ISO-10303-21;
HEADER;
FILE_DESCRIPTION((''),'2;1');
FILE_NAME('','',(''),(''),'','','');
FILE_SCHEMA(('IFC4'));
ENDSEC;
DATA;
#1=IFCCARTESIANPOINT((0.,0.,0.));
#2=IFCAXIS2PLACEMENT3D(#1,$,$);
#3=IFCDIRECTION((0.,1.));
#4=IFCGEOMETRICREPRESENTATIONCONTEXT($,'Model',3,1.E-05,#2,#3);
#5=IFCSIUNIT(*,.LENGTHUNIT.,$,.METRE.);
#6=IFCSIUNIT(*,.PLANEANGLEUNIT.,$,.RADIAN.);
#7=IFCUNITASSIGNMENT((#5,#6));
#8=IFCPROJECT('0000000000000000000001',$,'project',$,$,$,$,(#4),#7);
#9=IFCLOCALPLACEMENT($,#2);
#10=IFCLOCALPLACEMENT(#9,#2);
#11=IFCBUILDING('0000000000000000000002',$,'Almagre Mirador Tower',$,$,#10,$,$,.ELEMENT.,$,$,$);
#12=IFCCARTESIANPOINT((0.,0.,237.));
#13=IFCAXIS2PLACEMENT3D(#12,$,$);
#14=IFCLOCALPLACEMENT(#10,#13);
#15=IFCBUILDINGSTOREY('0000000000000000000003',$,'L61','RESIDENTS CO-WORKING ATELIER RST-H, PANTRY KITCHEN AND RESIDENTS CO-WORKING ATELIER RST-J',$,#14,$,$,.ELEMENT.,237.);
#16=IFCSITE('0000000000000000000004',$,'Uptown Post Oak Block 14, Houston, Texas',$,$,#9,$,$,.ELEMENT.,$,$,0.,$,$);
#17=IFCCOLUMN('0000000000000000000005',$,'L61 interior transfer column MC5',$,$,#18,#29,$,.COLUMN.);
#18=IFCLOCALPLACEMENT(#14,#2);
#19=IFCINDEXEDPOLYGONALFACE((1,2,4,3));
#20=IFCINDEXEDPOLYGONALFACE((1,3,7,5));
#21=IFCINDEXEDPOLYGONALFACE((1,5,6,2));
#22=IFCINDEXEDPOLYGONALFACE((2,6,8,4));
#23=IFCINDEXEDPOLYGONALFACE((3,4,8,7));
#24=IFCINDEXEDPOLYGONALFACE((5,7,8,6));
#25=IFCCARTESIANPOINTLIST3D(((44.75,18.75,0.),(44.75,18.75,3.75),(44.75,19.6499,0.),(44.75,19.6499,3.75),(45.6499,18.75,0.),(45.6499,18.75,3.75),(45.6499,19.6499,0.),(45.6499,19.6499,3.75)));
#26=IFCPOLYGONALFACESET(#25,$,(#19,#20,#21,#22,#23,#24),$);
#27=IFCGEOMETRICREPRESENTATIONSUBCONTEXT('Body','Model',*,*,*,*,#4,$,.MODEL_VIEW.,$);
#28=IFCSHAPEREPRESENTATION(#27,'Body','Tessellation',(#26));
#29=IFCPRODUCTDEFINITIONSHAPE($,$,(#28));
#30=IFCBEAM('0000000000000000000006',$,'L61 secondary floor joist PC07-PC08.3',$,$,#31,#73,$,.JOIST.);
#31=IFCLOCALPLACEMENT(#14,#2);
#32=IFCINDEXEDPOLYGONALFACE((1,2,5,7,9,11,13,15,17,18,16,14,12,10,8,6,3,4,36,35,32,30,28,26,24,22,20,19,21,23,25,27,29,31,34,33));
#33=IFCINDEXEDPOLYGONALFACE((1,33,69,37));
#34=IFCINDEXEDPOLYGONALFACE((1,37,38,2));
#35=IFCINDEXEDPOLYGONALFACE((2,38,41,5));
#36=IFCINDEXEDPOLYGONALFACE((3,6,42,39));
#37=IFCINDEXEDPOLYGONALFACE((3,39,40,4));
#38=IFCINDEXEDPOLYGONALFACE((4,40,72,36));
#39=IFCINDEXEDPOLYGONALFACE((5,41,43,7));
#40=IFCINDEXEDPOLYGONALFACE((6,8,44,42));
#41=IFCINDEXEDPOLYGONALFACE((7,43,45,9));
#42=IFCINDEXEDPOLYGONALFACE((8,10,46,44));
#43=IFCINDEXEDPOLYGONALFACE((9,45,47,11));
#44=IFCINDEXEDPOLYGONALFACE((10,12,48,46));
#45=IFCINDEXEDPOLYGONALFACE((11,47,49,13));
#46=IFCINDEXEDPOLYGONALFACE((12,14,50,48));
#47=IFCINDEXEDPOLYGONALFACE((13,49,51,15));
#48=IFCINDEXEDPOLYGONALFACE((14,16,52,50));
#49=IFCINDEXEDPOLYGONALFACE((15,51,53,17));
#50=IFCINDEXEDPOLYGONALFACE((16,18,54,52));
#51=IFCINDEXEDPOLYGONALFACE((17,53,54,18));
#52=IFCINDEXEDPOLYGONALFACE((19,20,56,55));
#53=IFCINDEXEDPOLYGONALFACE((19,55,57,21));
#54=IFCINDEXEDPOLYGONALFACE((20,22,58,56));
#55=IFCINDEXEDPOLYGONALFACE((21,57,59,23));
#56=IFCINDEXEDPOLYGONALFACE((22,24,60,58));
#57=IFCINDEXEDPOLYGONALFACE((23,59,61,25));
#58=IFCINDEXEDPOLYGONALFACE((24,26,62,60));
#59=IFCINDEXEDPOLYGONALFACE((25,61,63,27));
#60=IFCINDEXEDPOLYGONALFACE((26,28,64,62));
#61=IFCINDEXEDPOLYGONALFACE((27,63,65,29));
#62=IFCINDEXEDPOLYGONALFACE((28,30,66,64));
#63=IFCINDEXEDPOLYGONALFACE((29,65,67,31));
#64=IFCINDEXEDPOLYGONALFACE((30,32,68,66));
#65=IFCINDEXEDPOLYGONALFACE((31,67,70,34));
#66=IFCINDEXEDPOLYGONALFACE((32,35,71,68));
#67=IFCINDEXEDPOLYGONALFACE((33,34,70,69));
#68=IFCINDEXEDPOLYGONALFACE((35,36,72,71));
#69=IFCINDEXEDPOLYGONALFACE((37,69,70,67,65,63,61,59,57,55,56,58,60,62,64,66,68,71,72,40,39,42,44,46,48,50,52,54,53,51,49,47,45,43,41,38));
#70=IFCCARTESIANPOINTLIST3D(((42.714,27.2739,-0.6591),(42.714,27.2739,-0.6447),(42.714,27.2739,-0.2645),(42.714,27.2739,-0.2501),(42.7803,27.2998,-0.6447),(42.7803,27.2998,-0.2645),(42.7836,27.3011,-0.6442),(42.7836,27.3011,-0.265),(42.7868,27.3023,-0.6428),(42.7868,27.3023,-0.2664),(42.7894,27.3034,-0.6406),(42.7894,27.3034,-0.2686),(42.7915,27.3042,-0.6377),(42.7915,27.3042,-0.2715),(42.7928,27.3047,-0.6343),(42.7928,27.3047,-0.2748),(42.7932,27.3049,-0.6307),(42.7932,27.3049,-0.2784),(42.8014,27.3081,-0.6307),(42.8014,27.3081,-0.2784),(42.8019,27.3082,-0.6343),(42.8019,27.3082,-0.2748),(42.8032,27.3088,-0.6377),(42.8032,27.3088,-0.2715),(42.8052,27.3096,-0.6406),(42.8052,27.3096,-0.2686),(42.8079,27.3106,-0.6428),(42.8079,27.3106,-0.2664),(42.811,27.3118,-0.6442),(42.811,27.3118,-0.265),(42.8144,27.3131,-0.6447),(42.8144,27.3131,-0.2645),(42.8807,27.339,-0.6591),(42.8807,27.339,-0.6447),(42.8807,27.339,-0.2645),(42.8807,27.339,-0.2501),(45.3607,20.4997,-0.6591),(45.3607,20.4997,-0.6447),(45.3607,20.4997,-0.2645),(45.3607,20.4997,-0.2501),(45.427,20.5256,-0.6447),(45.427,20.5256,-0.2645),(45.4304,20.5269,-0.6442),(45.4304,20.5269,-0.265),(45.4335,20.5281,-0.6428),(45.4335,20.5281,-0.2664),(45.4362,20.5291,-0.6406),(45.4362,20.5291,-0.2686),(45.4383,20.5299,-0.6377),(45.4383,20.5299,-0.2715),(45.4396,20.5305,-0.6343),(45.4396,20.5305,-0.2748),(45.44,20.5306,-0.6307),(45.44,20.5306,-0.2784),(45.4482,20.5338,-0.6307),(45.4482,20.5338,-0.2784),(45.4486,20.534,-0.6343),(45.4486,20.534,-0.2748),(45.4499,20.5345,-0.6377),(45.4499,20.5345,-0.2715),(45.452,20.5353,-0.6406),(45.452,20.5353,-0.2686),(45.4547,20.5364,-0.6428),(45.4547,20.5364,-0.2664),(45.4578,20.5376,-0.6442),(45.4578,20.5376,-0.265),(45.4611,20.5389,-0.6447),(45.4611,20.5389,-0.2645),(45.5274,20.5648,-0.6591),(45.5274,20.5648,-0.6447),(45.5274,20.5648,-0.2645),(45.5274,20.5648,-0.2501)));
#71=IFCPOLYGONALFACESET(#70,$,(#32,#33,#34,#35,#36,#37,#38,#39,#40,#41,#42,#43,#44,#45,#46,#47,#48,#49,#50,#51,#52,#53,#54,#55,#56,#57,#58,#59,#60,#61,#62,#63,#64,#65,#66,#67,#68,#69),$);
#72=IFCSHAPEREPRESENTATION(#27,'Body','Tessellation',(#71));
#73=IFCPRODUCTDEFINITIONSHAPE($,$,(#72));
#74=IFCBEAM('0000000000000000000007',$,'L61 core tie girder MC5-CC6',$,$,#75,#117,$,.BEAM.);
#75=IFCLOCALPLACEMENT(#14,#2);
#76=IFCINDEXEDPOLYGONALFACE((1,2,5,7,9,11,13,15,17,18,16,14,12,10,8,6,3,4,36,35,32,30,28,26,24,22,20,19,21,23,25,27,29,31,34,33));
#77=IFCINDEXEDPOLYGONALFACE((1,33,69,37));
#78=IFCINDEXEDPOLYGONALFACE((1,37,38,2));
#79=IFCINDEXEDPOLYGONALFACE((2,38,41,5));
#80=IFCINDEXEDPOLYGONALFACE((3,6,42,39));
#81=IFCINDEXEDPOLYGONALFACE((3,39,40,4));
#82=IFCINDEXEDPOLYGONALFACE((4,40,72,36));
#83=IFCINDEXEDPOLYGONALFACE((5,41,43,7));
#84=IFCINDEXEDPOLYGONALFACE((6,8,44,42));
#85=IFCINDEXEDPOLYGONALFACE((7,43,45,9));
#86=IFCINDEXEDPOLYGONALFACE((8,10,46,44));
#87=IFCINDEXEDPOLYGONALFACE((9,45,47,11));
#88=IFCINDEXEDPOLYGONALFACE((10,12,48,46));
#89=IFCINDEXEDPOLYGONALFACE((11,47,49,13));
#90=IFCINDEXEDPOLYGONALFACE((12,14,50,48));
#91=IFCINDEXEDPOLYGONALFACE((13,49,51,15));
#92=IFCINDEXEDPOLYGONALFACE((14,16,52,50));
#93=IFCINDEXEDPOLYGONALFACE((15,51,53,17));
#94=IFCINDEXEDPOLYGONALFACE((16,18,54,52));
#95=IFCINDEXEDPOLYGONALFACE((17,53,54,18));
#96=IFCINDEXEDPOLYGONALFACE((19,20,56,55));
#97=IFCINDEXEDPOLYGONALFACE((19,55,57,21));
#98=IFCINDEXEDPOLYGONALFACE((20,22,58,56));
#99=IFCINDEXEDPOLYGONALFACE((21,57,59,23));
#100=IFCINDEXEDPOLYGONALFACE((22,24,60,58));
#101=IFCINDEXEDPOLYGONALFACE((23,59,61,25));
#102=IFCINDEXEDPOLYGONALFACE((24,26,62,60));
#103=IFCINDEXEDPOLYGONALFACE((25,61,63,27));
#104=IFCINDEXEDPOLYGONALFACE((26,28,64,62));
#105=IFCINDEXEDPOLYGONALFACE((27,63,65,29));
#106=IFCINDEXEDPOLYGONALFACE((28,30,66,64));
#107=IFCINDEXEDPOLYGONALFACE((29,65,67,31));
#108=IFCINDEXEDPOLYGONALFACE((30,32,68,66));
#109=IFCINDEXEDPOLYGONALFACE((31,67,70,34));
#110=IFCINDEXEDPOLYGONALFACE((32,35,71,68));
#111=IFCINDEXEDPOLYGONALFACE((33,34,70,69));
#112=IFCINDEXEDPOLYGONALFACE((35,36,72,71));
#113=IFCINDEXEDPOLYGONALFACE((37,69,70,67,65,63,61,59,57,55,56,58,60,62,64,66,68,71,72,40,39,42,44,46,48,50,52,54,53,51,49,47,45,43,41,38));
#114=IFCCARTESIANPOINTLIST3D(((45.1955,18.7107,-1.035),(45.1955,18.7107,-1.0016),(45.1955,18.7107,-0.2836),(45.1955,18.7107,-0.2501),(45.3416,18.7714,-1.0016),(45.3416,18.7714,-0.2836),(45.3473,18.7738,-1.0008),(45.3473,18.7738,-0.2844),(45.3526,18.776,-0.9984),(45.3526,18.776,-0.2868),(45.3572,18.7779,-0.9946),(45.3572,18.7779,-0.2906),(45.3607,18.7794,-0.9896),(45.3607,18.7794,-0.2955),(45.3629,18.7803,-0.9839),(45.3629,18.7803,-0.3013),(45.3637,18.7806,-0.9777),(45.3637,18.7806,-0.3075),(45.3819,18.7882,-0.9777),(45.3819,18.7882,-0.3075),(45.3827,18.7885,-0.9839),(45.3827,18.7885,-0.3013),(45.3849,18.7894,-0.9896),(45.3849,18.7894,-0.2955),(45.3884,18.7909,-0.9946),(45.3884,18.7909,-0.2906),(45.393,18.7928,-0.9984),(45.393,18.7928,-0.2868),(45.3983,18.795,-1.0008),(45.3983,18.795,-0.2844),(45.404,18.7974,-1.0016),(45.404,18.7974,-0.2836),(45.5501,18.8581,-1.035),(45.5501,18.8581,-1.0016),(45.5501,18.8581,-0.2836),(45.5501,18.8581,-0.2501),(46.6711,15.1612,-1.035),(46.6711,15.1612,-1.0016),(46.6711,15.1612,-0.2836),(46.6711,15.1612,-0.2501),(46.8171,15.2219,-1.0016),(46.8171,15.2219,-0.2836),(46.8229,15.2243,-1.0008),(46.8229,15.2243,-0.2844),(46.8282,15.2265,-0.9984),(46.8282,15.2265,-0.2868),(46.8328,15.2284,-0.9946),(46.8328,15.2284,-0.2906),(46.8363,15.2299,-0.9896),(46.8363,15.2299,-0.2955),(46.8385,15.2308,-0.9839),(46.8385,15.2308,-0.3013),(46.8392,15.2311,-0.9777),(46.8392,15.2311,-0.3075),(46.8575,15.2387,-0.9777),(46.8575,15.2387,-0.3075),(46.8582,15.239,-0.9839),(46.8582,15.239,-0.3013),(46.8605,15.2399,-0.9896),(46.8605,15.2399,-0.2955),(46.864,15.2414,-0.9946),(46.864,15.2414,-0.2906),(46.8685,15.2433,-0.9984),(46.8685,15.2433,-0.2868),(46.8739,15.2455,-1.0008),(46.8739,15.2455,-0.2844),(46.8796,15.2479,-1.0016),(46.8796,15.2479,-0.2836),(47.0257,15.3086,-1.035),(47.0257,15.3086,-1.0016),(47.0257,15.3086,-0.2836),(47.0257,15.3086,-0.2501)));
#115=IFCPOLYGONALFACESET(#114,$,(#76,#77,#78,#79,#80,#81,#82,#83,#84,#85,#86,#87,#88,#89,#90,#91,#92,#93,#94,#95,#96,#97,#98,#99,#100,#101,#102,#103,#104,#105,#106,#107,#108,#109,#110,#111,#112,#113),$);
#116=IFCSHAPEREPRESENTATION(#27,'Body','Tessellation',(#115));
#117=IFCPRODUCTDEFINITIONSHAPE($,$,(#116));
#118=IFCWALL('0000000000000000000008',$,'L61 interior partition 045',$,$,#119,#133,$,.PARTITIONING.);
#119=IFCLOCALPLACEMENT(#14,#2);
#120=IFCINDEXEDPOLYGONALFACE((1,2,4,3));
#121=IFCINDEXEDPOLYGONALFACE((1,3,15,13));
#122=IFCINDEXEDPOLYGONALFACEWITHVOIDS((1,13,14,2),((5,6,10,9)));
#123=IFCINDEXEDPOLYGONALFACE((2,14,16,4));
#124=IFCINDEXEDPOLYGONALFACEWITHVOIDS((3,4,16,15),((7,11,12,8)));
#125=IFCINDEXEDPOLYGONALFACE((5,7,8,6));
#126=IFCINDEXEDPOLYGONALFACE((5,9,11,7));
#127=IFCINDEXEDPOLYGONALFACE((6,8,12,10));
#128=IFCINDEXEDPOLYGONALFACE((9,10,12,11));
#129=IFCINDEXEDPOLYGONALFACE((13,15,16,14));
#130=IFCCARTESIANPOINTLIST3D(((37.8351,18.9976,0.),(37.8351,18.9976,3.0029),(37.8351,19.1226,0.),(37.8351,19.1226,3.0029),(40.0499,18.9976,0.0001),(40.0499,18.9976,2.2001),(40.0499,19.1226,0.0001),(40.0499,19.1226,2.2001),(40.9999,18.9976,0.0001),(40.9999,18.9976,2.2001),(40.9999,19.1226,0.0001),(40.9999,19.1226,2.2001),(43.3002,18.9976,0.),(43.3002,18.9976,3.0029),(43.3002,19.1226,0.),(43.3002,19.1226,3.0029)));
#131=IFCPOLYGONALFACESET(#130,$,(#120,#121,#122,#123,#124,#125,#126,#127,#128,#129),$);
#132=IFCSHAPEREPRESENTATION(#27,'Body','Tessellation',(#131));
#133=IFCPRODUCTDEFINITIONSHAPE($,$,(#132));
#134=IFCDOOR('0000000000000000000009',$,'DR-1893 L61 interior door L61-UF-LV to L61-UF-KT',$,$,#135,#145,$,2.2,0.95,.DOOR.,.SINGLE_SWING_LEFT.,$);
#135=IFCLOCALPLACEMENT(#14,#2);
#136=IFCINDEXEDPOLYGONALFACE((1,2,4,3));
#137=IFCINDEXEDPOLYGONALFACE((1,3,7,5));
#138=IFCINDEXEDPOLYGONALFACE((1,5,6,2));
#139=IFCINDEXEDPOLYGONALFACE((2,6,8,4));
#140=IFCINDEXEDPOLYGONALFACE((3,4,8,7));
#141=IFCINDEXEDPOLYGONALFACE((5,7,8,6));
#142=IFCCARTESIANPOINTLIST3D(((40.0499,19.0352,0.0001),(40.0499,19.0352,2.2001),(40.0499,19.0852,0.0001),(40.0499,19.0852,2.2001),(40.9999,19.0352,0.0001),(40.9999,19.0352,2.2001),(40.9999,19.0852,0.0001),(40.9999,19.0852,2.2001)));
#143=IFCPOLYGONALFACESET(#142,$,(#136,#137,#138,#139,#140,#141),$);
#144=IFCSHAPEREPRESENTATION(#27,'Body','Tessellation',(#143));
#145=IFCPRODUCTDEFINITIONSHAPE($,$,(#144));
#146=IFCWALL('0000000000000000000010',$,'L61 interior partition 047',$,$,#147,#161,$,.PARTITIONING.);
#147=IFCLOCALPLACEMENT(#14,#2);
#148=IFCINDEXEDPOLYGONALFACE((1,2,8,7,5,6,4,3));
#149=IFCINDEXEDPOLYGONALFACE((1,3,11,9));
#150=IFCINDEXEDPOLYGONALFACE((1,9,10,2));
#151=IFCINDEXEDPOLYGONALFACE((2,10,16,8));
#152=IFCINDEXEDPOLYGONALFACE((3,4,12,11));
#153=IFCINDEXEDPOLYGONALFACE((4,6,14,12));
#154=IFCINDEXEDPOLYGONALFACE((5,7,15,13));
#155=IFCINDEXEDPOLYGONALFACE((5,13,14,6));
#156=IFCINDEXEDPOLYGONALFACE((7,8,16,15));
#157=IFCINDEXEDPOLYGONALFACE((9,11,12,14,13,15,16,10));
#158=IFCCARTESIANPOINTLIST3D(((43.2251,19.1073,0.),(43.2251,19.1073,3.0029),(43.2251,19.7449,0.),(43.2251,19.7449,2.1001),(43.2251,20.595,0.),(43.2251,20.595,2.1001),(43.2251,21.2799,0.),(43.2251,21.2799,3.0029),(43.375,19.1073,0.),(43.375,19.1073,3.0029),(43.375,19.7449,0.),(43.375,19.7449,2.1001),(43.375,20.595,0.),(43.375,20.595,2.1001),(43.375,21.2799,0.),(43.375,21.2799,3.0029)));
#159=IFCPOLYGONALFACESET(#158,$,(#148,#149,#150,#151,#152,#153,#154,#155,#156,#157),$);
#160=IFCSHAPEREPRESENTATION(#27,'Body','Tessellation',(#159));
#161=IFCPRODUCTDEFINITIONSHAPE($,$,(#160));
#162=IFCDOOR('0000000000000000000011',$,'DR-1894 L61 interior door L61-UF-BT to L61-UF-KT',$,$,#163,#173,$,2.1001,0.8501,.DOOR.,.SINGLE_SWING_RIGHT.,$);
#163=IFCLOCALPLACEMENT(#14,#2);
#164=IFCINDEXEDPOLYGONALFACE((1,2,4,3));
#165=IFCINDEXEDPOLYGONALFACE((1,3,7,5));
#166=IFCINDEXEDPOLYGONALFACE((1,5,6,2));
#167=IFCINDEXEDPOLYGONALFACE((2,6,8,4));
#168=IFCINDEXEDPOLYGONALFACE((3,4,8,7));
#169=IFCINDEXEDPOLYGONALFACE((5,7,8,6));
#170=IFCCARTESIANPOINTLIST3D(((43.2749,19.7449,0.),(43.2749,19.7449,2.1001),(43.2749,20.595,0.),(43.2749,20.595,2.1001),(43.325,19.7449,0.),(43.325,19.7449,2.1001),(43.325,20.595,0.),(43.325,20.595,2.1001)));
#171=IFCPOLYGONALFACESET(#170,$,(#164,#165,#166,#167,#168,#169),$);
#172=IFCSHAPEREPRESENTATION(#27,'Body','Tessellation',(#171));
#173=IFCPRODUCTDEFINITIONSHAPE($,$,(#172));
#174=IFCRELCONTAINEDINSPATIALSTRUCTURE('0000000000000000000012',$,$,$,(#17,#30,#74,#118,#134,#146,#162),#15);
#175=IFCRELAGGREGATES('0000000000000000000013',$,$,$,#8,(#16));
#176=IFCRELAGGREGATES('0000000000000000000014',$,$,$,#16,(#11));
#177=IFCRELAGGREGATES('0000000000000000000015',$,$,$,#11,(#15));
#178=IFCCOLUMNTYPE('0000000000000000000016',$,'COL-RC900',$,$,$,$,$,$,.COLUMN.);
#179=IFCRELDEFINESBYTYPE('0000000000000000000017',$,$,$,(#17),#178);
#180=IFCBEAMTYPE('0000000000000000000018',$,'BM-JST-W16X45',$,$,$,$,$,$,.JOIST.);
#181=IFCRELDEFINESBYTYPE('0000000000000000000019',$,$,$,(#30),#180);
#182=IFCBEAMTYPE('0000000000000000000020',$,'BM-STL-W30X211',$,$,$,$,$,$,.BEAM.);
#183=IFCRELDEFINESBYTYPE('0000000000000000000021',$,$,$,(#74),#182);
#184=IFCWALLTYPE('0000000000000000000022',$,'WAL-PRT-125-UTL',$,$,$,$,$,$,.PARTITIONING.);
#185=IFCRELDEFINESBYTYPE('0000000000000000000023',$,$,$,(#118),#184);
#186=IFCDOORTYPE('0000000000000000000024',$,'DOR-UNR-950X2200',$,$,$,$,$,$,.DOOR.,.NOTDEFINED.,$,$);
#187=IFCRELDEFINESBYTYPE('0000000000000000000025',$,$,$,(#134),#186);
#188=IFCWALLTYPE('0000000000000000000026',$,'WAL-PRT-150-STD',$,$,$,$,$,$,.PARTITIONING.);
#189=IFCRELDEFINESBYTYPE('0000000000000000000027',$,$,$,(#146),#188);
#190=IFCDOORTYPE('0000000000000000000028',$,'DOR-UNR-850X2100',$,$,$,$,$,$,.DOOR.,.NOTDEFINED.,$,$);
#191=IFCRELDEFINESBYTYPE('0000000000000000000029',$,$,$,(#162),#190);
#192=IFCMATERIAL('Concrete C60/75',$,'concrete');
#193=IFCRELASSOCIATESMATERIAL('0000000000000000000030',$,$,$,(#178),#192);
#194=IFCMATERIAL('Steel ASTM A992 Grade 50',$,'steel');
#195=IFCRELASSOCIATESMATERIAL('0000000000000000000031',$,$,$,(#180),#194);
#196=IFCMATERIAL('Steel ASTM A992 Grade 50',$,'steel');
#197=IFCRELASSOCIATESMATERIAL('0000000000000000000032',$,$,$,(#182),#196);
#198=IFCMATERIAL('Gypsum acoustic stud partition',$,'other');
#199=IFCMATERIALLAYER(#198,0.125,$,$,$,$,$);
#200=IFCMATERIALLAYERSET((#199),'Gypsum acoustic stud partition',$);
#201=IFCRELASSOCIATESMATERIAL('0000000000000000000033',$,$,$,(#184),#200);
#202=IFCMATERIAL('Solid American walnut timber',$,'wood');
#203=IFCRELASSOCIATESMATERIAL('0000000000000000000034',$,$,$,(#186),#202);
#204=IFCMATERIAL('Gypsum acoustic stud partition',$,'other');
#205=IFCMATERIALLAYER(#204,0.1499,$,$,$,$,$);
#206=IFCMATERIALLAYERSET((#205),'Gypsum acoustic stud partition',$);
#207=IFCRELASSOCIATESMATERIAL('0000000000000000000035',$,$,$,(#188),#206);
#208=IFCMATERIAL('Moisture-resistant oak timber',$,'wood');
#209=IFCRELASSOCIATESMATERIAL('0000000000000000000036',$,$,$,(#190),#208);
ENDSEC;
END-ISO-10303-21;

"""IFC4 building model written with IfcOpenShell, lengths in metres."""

from ifc_helpers import new_model, si_unit, direction, frame, frame_2d, origin, origin_2d, place, context, subcontext, project, spatial, rectangle, i_section, extrude, material, layer, layer_set, material_profile, profile_set, type_object, element, fill, save


model = new_model("IFC4")

# Units and contexts
model_context = context("Model", 3, precision=1e-05, world=origin(), true_north=direction((0.0, 1.0)))
body_context = subcontext(model_context, "Body", "Model", "MODEL_VIEW")
ifc_project = project(units=[si_unit("LENGTHUNIT", "METRE"), si_unit("PLANEANGLEUNIT", "RADIAN")], contexts=[model_context])

# Site, building, storey
site_placement = place(None, origin())
site = spatial("IfcSite", under=ifc_project, at=site_placement, Name="Uptown Post Oak Block 14, Houston, Texas", CompositionType="ELEMENT", RefElevation=0.0)
building_placement = place(site_placement, origin())
building = spatial("IfcBuilding", under=site, at=building_placement, Name="Almagre Mirador Tower", CompositionType="ELEMENT")
storey_placement = place(building_placement, frame((0.0, 0.0, 237.0)))
storey = spatial("IfcBuildingStorey", under=building, at=storey_placement, Name="L61", Description="RESIDENTS CO-WORKING ATELIER RST-H, PANTRY KITCHEN AND RESIDENTS CO-WORKING ATELIER RST-J", CompositionType="ELEMENT", Elevation=237.0)

# Column
ifc_material_1 = material(Name="Concrete C60/75", Category="concrete")
ifc_material_profile_1 = material_profile(ifc_material_1, rectangle(XDim=0.8999, YDim=0.8999, at=origin_2d()), Name="RC900X900")
ifc_profile_set_1 = profile_set([ifc_material_profile_1], Name="Concrete C60/75")
column_type = type_object("IfcColumnType", Name="COL-RC900", PredefinedType="COLUMN", material=ifc_profile_set_1)
column_placement = place(storey_placement, frame((45.2, 19.2, 0.0), z_axis=(0.0, 0.0, 1.0), x_axis=(1.0, 0.0, 0.0)))
element("IfcColumn", 1, at=column_placement, inside=storey, type_object=column_type, Name="L61 interior transfer column MC5", PredefinedType="COLUMN", context=body_context, shape_type="SweptSolid", body=[
    extrude(rectangle(XDim=0.8999, YDim=0.8999, at=origin_2d()), origin(), (0.0, 0.0, 1.0), 3.75),
])

# Beams
ifc_material_2 = material(Name="Steel ASTM A992 Grade 50", Category="steel")
ifc_material_profile_2 = material_profile(ifc_material_2, i_section(OverallWidth=0.179, OverallDepth=0.4089, WebThickness=0.0088, FlangeThickness=0.0144, FilletRadius=0.0139, at=origin_2d()), Name="W16X45")
ifc_profile_set_2 = profile_set([ifc_material_profile_2], Name="Steel ASTM A992 Grade 50")
beam_type_1 = type_object("IfcBeamType", Name="BM-JST-W16X45", PredefinedType="JOIST", material=ifc_profile_set_2)
beam_1_placement = place(storey_placement, frame((45.4441, 20.5322, -0.4546), z_axis=(-0.363918, 0.931431, 0.0), x_axis=(-0.931431, -0.363918, 0.0)))
element("IfcBeam", 2, at=beam_1_placement, inside=storey, type_object=beam_type_1, Name="L61 secondary floor joist PC07-PC08.3", PredefinedType="JOIST", context=body_context, shape_type="SweptSolid", body=[
    extrude(i_section(OverallWidth=0.179, OverallDepth=0.4089, WebThickness=0.0088, FlangeThickness=0.0144, FilletRadius=0.0139, at=origin_2d()), origin(), (0.0, 0.0, 1.0), 7.2729),
])
ifc_material_3 = material(Name="Steel ASTM A992 Grade 50", Category="steel")
ifc_material_profile_3 = material_profile(ifc_material_3, i_section(OverallWidth=0.384, OverallDepth=0.7849, WebThickness=0.0198, FlangeThickness=0.0334, FilletRadius=0.0239, at=origin_2d()), Name="W30X211")
ifc_profile_set_3 = profile_set([ifc_material_profile_3], Name="Steel ASTM A992 Grade 50")
beam_type_2 = type_object("IfcBeamType", Name="BM-STL-W30X211", PredefinedType="BEAM", material=ifc_profile_set_3)
beam_2_placement = place(storey_placement, frame((45.3728, 18.7844, -0.6426), z_axis=(0.383862, -0.92339, 0.0), x_axis=(0.92339, 0.383862, 0.0)))
element("IfcBeam", 3, at=beam_2_placement, inside=storey, type_object=beam_type_2, Name="L61 core tie girder MC5-CC6", PredefinedType="BEAM", context=body_context, shape_type="SweptSolid", body=[
    extrude(i_section(OverallWidth=0.384, OverallDepth=0.7849, WebThickness=0.0198, FlangeThickness=0.0334, FilletRadius=0.0239, at=origin_2d()), origin(), (0.0, 0.0, 1.0), 3.844),
])

# Walls, openings, doors
ifc_material_4 = material(Name="Gypsum acoustic stud partition", Category="other")
ifc_layer_1 = layer(ifc_material_4, 0.125)
ifc_layer_set_1 = layer_set([ifc_layer_1], Name="Gypsum acoustic stud partition")
wall_type_1 = type_object("IfcWallType", Name="WAL-PRT-125-UTL", PredefinedType="PARTITIONING", material=ifc_layer_set_1)
wall_1_placement = place(storey_placement, frame((43.3, 19.0601, 0.0), z_axis=(0.0, 0.0, 1.0), x_axis=(-1.0, 0.0, 0.0)))
wall_1 = element("IfcWall", 4, at=wall_1_placement, inside=storey, type_object=wall_type_1, Name="L61 interior partition 045", PredefinedType="PARTITIONING", context=body_context, shape_type="SweptSolid", body=[
    extrude(rectangle(XDim=5.4651, YDim=0.125, at=frame_2d((2.7324, 0.0))), origin(), (0.0, 0.0, 1.0), 3.0029),
])
opening_1_placement = place(wall_1_placement, frame((2.3, 0.0, 0.0)))
opening_1 = element("IfcOpeningElement", 5, at=opening_1_placement, cuts=wall_1, PredefinedType="OPENING", context=body_context, shape_type="SweptSolid", body=[
    extrude(rectangle(XDim=0.95, YDim=2.2, at=frame_2d((0.4751, 1.1001))), frame((0.0, 0.0725, 0.0), z_axis=(0.0, -1.0, 0.0), x_axis=(1.0, 0.0, 0.0)), (0.0, 0.0, 1.0), 0.145),
])
ifc_material_5 = material(Name="Solid American walnut timber", Category="wood")
door_type_1 = type_object("IfcDoorType", Name="DOR-UNR-950X2200", OperationType="NOTDEFINED", PredefinedType="DOOR", material=ifc_material_5)
door_1_placement = place(opening_1_placement, origin())
door_1 = element("IfcDoor", 6, at=door_1_placement, inside=storey, type_object=door_type_1, Name="DR-1893 L61 interior door L61-UF-LV to L61-UF-KT", OperationType="SINGLE_SWING_LEFT", OverallHeight=2.2, OverallWidth=0.95, PredefinedType="DOOR", context=body_context, shape_type="SweptSolid", body=[
    extrude(rectangle(XDim=0.95, YDim=2.2, at=frame_2d((0.4751, 1.1001))), frame((0.0, 0.0249, 0.0), z_axis=(0.0, -1.0, 0.0), x_axis=(1.0, 0.0, 0.0)), (0.0, 0.0, 1.0), 0.05),
])
fill(opening_1, door_1)
ifc_material_6 = material(Name="Gypsum acoustic stud partition", Category="other")
ifc_layer_2 = layer(ifc_material_6, 0.1499)
ifc_layer_set_2 = layer_set([ifc_layer_2], Name="Gypsum acoustic stud partition")
wall_type_2 = type_object("IfcWallType", Name="WAL-PRT-150-STD", PredefinedType="PARTITIONING", material=ifc_layer_set_2)
wall_2_placement = place(storey_placement, frame((43.3, 21.28, 0.0), z_axis=(0.0, 0.0, 1.0), x_axis=(0.0, -1.0, 0.0)))
wall_2 = element("IfcWall", 7, at=wall_2_placement, inside=storey, type_object=wall_type_2, Name="L61 interior partition 047", PredefinedType="PARTITIONING", context=body_context, shape_type="SweptSolid", body=[
    extrude(rectangle(XDim=2.1726, YDim=0.1499, at=frame_2d((1.0864, 0.0))), origin(), (0.0, 0.0, 1.0), 3.0029),
])
opening_2_placement = place(wall_2_placement, frame((0.6851, 0.0, 0.0)))
opening_2 = element("IfcOpeningElement", 8, at=opening_2_placement, cuts=wall_2, PredefinedType="OPENING", context=body_context, shape_type="SweptSolid", body=[
    extrude(rectangle(XDim=0.8501, YDim=2.1001, at=frame_2d((0.425, 1.05))), frame((0.0, 0.085, 0.0), z_axis=(0.0, -1.0, 0.0), x_axis=(1.0, 0.0, 0.0)), (0.0, 0.0, 1.0), 0.1699),
])
ifc_material_7 = material(Name="Moisture-resistant oak timber", Category="wood")
door_type_2 = type_object("IfcDoorType", Name="DOR-UNR-850X2100", OperationType="NOTDEFINED", PredefinedType="DOOR", material=ifc_material_7)
door_2_placement = place(opening_2_placement, origin())
door_2 = element("IfcDoor", 9, at=door_2_placement, inside=storey, type_object=door_type_2, Name="DR-1894 L61 interior door L61-UF-BT to L61-UF-KT", OperationType="SINGLE_SWING_RIGHT", OverallHeight=2.1001, OverallWidth=0.8501, PredefinedType="DOOR", context=body_context, shape_type="SweptSolid", body=[
    extrude(rectangle(XDim=0.8501, YDim=2.1001, at=frame_2d((0.425, 1.05))), frame((0.0, 0.0249, 0.0), z_axis=(0.0, -1.0, 0.0), x_axis=(1.0, 0.0, 0.0)), (0.0, 0.0, 1.0), 0.05),
])
fill(opening_2, door_2)

save(model, "model.ifc")
